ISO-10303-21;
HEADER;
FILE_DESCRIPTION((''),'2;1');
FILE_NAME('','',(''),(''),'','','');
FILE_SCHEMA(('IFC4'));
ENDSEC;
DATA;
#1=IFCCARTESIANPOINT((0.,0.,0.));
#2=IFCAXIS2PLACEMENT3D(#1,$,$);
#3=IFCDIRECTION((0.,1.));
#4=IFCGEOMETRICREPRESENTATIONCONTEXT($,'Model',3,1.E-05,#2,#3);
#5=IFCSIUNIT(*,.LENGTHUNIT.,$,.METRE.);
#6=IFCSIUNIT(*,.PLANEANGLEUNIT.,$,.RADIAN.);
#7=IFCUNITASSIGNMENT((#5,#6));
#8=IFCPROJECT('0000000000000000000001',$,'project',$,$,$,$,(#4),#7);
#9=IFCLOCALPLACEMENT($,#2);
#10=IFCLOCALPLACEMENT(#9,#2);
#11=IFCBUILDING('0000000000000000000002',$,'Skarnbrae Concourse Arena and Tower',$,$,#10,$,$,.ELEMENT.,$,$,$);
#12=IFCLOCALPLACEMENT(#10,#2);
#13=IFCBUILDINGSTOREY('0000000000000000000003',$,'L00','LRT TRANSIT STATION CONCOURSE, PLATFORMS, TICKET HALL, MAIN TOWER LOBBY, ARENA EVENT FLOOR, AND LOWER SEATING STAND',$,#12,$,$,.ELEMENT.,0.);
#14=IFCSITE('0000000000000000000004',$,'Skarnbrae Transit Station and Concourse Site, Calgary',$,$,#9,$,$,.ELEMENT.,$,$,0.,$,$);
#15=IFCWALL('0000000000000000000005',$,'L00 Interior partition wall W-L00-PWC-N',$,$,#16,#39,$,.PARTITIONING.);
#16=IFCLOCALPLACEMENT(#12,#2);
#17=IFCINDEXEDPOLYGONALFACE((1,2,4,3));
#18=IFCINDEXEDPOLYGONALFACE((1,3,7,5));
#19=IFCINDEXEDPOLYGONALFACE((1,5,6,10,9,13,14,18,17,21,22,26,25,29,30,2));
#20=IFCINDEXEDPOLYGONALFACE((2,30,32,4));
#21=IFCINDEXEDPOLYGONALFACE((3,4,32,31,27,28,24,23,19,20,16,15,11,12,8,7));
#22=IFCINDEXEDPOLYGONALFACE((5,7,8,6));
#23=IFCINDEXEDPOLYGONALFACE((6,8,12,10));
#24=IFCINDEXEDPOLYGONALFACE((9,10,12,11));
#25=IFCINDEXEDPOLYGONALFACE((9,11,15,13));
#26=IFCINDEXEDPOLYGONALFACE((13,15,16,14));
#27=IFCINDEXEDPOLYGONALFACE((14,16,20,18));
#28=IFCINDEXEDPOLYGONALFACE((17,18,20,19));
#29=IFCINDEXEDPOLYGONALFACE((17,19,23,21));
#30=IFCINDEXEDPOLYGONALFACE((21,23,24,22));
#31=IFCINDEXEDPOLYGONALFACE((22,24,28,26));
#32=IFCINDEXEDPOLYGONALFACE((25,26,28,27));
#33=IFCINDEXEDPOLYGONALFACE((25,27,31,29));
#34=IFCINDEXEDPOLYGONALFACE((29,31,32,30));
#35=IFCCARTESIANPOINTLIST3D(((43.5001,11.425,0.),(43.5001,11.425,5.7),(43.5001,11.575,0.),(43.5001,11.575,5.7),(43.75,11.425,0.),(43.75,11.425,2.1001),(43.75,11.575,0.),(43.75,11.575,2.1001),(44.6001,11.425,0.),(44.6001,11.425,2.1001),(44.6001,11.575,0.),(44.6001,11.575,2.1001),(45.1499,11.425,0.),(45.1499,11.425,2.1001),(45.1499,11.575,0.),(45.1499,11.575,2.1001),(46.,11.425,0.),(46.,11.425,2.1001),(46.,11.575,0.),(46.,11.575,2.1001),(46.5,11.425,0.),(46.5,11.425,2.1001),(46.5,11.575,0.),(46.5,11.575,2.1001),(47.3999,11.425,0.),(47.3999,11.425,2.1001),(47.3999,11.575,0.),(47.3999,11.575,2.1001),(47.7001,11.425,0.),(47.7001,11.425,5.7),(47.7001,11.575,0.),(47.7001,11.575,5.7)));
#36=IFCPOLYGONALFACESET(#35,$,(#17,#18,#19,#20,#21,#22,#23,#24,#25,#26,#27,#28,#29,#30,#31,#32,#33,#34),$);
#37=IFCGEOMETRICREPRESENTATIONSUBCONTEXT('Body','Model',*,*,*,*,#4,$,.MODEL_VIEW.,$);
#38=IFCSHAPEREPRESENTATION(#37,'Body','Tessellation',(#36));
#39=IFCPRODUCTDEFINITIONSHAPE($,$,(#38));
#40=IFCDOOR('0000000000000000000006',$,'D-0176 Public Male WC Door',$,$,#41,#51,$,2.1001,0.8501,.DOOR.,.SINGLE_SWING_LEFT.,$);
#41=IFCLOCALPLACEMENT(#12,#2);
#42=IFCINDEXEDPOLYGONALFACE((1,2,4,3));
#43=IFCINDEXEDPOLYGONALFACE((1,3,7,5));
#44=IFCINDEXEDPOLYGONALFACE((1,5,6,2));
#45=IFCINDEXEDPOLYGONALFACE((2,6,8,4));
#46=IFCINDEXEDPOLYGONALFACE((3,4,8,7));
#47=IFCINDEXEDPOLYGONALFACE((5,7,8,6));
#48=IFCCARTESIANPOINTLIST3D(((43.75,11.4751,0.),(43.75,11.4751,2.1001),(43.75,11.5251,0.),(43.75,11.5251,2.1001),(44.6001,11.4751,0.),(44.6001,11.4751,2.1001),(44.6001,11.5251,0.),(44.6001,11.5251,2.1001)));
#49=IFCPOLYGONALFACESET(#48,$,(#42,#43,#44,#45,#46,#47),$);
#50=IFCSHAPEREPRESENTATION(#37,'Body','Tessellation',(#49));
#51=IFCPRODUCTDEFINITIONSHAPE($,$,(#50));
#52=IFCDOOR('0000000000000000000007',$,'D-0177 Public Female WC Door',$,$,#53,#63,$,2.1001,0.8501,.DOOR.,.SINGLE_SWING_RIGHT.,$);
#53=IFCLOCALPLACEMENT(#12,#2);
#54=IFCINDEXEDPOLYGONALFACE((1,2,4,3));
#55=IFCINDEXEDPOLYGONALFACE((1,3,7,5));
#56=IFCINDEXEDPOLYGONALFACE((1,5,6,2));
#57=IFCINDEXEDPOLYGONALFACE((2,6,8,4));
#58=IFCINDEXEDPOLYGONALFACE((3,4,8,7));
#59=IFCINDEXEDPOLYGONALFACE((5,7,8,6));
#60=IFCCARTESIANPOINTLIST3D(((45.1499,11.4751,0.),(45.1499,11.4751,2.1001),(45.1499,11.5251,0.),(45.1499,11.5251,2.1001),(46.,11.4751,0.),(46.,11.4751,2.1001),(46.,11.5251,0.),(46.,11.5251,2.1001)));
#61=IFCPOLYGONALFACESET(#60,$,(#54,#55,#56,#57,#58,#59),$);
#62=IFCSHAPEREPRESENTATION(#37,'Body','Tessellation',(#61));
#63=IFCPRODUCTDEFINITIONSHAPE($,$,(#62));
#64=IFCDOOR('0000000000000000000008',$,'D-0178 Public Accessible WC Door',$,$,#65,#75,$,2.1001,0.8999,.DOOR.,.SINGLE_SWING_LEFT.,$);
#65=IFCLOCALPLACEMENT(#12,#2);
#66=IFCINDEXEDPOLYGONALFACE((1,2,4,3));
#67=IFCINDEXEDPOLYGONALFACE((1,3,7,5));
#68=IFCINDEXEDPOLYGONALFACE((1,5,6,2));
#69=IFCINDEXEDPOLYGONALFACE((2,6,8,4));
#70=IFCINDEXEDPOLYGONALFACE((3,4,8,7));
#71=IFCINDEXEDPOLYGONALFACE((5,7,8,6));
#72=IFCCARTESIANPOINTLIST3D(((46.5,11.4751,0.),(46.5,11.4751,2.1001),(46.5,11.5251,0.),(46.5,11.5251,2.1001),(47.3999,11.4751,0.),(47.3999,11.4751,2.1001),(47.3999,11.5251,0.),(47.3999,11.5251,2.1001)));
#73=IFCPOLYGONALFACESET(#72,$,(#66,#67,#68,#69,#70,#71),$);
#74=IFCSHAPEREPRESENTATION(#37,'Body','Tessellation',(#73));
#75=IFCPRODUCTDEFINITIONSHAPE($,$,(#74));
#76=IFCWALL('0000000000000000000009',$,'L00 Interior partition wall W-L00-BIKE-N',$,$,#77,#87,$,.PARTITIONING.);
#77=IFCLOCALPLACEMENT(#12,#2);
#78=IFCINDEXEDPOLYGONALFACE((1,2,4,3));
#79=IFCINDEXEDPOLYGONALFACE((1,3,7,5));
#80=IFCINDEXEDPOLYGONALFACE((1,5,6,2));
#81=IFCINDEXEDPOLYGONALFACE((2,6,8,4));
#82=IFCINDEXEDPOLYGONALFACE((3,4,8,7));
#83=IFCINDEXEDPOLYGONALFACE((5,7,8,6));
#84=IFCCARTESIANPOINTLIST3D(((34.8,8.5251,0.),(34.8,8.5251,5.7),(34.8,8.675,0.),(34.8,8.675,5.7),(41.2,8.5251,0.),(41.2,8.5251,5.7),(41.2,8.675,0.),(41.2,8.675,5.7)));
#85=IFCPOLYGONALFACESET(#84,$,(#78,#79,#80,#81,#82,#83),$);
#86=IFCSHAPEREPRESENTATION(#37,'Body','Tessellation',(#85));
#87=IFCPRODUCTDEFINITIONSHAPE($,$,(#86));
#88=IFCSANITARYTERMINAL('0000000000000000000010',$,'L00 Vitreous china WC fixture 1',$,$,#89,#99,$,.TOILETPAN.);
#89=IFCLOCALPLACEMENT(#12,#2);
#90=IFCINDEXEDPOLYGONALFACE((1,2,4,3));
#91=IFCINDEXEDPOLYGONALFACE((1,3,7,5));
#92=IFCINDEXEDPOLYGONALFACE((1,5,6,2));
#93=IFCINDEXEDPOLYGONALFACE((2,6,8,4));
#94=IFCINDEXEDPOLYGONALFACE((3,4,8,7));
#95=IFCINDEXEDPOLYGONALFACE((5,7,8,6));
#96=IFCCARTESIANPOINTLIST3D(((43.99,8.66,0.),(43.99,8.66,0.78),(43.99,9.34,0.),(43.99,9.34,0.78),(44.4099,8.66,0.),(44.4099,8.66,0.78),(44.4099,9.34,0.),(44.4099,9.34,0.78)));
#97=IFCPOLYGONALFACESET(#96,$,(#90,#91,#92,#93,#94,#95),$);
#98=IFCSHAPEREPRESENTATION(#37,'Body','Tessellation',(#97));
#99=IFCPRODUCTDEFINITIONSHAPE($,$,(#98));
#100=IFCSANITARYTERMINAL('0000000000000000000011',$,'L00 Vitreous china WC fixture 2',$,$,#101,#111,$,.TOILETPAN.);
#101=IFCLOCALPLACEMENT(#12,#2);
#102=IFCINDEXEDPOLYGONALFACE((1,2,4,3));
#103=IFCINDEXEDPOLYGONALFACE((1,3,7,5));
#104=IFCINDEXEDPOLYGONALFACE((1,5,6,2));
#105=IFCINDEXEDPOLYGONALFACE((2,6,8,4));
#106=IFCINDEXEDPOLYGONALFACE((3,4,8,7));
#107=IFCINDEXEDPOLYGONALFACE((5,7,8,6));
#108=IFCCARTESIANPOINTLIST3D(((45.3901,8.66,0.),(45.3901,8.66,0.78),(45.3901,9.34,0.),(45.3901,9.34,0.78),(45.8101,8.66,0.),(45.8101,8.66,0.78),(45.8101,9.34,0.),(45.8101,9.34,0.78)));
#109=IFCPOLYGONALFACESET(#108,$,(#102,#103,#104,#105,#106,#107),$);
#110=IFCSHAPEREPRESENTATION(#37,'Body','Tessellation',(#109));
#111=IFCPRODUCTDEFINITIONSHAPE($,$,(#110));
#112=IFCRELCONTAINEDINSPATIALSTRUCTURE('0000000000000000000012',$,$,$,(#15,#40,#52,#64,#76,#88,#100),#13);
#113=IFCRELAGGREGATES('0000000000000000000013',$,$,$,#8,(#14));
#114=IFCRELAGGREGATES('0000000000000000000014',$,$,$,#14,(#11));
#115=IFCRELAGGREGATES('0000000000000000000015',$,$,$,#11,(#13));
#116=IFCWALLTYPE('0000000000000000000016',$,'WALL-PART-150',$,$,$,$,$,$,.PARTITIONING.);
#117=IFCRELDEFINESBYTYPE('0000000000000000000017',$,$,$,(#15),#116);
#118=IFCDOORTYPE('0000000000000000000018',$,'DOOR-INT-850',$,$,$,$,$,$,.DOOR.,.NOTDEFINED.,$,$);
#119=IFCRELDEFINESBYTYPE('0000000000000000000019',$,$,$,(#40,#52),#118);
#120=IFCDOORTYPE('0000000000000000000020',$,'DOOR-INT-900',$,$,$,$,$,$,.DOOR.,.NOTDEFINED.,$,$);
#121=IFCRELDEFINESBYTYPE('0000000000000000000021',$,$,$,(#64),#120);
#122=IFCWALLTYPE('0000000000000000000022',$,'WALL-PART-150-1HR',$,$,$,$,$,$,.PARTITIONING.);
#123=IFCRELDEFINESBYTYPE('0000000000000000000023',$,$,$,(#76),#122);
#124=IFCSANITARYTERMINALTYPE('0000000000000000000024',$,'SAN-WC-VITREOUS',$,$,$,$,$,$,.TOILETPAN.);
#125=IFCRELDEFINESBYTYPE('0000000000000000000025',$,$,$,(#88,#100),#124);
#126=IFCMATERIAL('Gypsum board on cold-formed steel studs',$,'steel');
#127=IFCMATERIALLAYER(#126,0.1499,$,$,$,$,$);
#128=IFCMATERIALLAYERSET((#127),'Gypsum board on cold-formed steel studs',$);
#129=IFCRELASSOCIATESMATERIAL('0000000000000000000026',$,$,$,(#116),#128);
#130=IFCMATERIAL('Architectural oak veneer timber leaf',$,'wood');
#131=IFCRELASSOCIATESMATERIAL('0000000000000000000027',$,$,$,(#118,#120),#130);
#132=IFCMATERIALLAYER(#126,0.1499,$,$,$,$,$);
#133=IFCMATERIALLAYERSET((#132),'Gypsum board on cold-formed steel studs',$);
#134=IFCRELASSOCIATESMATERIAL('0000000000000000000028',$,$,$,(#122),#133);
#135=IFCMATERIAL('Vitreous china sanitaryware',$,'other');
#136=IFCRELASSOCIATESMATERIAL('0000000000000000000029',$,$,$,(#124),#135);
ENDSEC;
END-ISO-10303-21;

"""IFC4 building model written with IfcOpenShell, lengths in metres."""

from ifc_helpers import new_model, si_unit, direction, frame, frame_2d, origin, origin_2d, place, context, subcontext, project, spatial, rectangle, extrude, source, transform, mapped, material, layer, layer_set, type_object, element, fill, save


model = new_model("IFC4")

# Units and contexts
model_context = context("Model", 3, precision=1e-05, world=origin(), true_north=direction((0.0, 1.0)))
body_context = subcontext(model_context, "Body", "Model", "MODEL_VIEW")
ifc_project = project(units=[si_unit("LENGTHUNIT", "METRE"), si_unit("PLANEANGLEUNIT", "RADIAN")], contexts=[model_context])

# Site, building, storey
site_placement = place(None, origin())
site = spatial("IfcSite", under=ifc_project, at=site_placement, Name="Skarnbrae Transit Station and Concourse Site, Calgary", CompositionType="ELEMENT", RefElevation=0.0)
building_placement = place(site_placement, origin())
building = spatial("IfcBuilding", under=site, at=building_placement, Name="Skarnbrae Concourse Arena and Tower", CompositionType="ELEMENT")
storey_placement = place(building_placement, origin())
storey = spatial("IfcBuildingStorey", under=building, at=storey_placement, Name="L00", Description="LRT TRANSIT STATION CONCOURSE, PLATFORMS, TICKET HALL, MAIN TOWER LOBBY, ARENA EVENT FLOOR, AND LOWER SEATING STAND", CompositionType="ELEMENT", Elevation=0.0)

# Shared definitions
ifc_material_1 = material(Name="Gypsum board on cold-formed steel studs", Category="steel")

# Shared definitions
ifc_layer_1 = layer(ifc_material_1, 0.1499)
ifc_layer_set_1 = layer_set([ifc_layer_1], Name="Gypsum board on cold-formed steel studs")
wall_type_1 = type_object("IfcWallType", Name="WALL-PART-150", PredefinedType="PARTITIONING", material=ifc_layer_set_1)

# Wall, openings, doors
shared_shape_1 = source(origin(), body_context, "Body", "SweptSolid", [
    extrude(rectangle(XDim=4.2, YDim=0.1499, at=frame_2d((2.1001, 0.0))), origin(), (0.0, 0.0, 1.0), 5.7),
])
wall_1_placement = place(storey_placement, frame((43.5, 11.5, 0.0), z_axis=(0.0, 0.0, 1.0), x_axis=(1.0, 0.0, 0.0)))
wall_1 = element("IfcWall", 1, at=wall_1_placement, inside=storey, type_object=wall_type_1, Name="L00 Interior partition wall W-L00-PWC-N", PredefinedType="PARTITIONING", context=body_context, shape_type="MappedRepresentation", body=[
    mapped(shared_shape_1, transform((0.0, 0.0, 0.0))),
])
opening_1_placement = place(wall_1_placement, frame((0.25, 0.0, 0.0)))
opening_1 = element("IfcOpeningElement", 2, at=opening_1_placement, cuts=wall_1, PredefinedType="OPENING", context=body_context, shape_type="SweptSolid", body=[
    extrude(rectangle(XDim=0.8501, YDim=2.1001, at=frame_2d((0.425, 1.05))), frame((0.0, 0.085, 0.0), z_axis=(0.0, -1.0, 0.0), x_axis=(1.0, 0.0, 0.0)), (0.0, 0.0, 1.0), 0.1699),
])
opening_2_placement = place(wall_1_placement, frame((1.6499, 0.0, 0.0)))
opening_2 = element("IfcOpeningElement", 3, at=opening_2_placement, cuts=wall_1, PredefinedType="OPENING", context=body_context, shape_type="SweptSolid", body=[
    extrude(rectangle(XDim=0.8501, YDim=2.1001, at=frame_2d((0.425, 1.05))), frame((0.0, 0.085, 0.0), z_axis=(0.0, -1.0, 0.0), x_axis=(1.0, 0.0, 0.0)), (0.0, 0.0, 1.0), 0.1699),
])
opening_3_placement = place(wall_1_placement, frame((3.0, 0.0, 0.0)))
opening_3 = element("IfcOpeningElement", 4, at=opening_3_placement, cuts=wall_1, PredefinedType="OPENING", context=body_context, shape_type="SweptSolid", body=[
    extrude(rectangle(XDim=0.8999, YDim=2.1001, at=frame_2d((0.45, 1.05))), frame((0.0, 0.085, 0.0), z_axis=(0.0, -1.0, 0.0), x_axis=(1.0, 0.0, 0.0)), (0.0, 0.0, 1.0), 0.1699),
])
ifc_material_2 = material(Name="Architectural oak veneer timber leaf", Category="wood")
door_type_1 = type_object("IfcDoorType", Name="DOOR-INT-850", OperationType="NOTDEFINED", PredefinedType="DOOR", material=ifc_material_2)
shared_shape_2 = source(origin(), body_context, "Body", "SweptSolid", [
    extrude(rectangle(XDim=0.8501, YDim=2.1001, at=frame_2d((0.425, 1.05))), frame((0.0, 0.0249, 0.0), z_axis=(0.0, -1.0, 0.0), x_axis=(1.0, 0.0, 0.0)), (0.0, 0.0, 1.0), 0.05),
])
door_1_placement = place(opening_1_placement, frame((0.8501, 0.0, 0.0), z_axis=(0.0, 0.0, 1.0), x_axis=(-1.0, 0.0, 0.0)))
door_1 = element("IfcDoor", 5, at=door_1_placement, inside=storey, type_object=door_type_1, Name="D-0176 Public Male WC Door", OperationType="SINGLE_SWING_LEFT", OverallHeight=2.1001, OverallWidth=0.8501, PredefinedType="DOOR", context=body_context, shape_type="MappedRepresentation", body=[
    mapped(shared_shape_2, transform((0.0, 0.0, 0.0))),
])
fill(opening_1, door_1)
door_2_placement = place(opening_2_placement, frame((0.8501, 0.0, 0.0), z_axis=(0.0, 0.0, 1.0), x_axis=(-1.0, 0.0, 0.0)))
door_2 = element("IfcDoor", 6, at=door_2_placement, inside=storey, type_object=door_type_1, Name="D-0177 Public Female WC Door", OperationType="SINGLE_SWING_RIGHT", OverallHeight=2.1001, OverallWidth=0.8501, PredefinedType="DOOR", context=body_context, shape_type="MappedRepresentation", body=[
    mapped(shared_shape_2, transform((0.0, 0.0, 0.0))),
])
fill(opening_2, door_2)
door_type_2 = type_object("IfcDoorType", Name="DOOR-INT-900", OperationType="NOTDEFINED", PredefinedType="DOOR", material=ifc_material_2)
shared_shape_3 = source(origin(), body_context, "Body", "SweptSolid", [
    extrude(rectangle(XDim=0.8999, YDim=2.1001, at=frame_2d((0.45, 1.05))), frame((0.0, 0.0249, 0.0), z_axis=(0.0, -1.0, 0.0), x_axis=(1.0, 0.0, 0.0)), (0.0, 0.0, 1.0), 0.05),
])
door_3_placement = place(opening_3_placement, frame((0.8999, 0.0, 0.0), z_axis=(0.0, 0.0, 1.0), x_axis=(-1.0, 0.0, 0.0)))
door_3 = element("IfcDoor", 7, at=door_3_placement, inside=storey, type_object=door_type_2, Name="D-0178 Public Accessible WC Door", OperationType="SINGLE_SWING_LEFT", OverallHeight=2.1001, OverallWidth=0.8999, PredefinedType="DOOR", context=body_context, shape_type="MappedRepresentation", body=[
    mapped(shared_shape_3, transform((0.0, 0.0, 0.0))),
])
fill(opening_3, door_3)

# Wall
ifc_layer_2 = layer(ifc_material_1, 0.1499)
ifc_layer_set_2 = layer_set([ifc_layer_2], Name="Gypsum board on cold-formed steel studs")
wall_type_2 = type_object("IfcWallType", Name="WALL-PART-150-1HR", PredefinedType="PARTITIONING", material=ifc_layer_set_2)
shared_shape_4 = source(origin(), body_context, "Body", "SweptSolid", [
    extrude(rectangle(XDim=6.3999, YDim=0.1499, at=frame_2d((3.2, 0.0))), origin(), (0.0, 0.0, 1.0), 5.7),
])
wall_2_placement = place(storey_placement, frame((34.8, 8.6001, 0.0), z_axis=(0.0, 0.0, 1.0), x_axis=(1.0, 0.0, 0.0)))
element("IfcWall", 8, at=wall_2_placement, inside=storey, type_object=wall_type_2, Name="L00 Interior partition wall W-L00-BIKE-N", PredefinedType="PARTITIONING", context=body_context, shape_type="MappedRepresentation", body=[
    mapped(shared_shape_4, transform((0.0, 0.0, 0.0))),
])

# Sanitary terminals
ifc_material_3 = material(Name="Vitreous china sanitaryware", Category="other")
sanitary_terminal_type = type_object("IfcSanitaryTerminalType", Name="SAN-WC-VITREOUS", PredefinedType="TOILETPAN", material=ifc_material_3)
shared_shape_5 = source(origin(), body_context, "Body", "SweptSolid", [
    extrude(rectangle(XDim=0.4199, YDim=0.6799, at=origin_2d()), origin(), (0.0, 0.0, 1.0), 0.78),
])
for number, where, z_axis, x_axis, name in (
    (9, (44.2, 9.0, 0.0), (0.0, 0.0, 1.0), (1.0, 0.0, 0.0), "L00 Vitreous china WC fixture 1"),
    (10, (45.6001, 9.0, 0.0), (0.0, 0.0, 1.0), (1.0, 0.0, 0.0), "L00 Vitreous china WC fixture 2"),
):
    element("IfcSanitaryTerminal", number, at=place(storey_placement, frame(where, z_axis=z_axis, x_axis=x_axis)), inside=storey, type_object=sanitary_terminal_type, Name=name, PredefinedType="TOILETPAN", context=body_context, shape_type="MappedRepresentation", body=[
        mapped(shared_shape_5, transform((0.0, 0.0, 0.0))),
    ])

save(model, "model.ifc")
